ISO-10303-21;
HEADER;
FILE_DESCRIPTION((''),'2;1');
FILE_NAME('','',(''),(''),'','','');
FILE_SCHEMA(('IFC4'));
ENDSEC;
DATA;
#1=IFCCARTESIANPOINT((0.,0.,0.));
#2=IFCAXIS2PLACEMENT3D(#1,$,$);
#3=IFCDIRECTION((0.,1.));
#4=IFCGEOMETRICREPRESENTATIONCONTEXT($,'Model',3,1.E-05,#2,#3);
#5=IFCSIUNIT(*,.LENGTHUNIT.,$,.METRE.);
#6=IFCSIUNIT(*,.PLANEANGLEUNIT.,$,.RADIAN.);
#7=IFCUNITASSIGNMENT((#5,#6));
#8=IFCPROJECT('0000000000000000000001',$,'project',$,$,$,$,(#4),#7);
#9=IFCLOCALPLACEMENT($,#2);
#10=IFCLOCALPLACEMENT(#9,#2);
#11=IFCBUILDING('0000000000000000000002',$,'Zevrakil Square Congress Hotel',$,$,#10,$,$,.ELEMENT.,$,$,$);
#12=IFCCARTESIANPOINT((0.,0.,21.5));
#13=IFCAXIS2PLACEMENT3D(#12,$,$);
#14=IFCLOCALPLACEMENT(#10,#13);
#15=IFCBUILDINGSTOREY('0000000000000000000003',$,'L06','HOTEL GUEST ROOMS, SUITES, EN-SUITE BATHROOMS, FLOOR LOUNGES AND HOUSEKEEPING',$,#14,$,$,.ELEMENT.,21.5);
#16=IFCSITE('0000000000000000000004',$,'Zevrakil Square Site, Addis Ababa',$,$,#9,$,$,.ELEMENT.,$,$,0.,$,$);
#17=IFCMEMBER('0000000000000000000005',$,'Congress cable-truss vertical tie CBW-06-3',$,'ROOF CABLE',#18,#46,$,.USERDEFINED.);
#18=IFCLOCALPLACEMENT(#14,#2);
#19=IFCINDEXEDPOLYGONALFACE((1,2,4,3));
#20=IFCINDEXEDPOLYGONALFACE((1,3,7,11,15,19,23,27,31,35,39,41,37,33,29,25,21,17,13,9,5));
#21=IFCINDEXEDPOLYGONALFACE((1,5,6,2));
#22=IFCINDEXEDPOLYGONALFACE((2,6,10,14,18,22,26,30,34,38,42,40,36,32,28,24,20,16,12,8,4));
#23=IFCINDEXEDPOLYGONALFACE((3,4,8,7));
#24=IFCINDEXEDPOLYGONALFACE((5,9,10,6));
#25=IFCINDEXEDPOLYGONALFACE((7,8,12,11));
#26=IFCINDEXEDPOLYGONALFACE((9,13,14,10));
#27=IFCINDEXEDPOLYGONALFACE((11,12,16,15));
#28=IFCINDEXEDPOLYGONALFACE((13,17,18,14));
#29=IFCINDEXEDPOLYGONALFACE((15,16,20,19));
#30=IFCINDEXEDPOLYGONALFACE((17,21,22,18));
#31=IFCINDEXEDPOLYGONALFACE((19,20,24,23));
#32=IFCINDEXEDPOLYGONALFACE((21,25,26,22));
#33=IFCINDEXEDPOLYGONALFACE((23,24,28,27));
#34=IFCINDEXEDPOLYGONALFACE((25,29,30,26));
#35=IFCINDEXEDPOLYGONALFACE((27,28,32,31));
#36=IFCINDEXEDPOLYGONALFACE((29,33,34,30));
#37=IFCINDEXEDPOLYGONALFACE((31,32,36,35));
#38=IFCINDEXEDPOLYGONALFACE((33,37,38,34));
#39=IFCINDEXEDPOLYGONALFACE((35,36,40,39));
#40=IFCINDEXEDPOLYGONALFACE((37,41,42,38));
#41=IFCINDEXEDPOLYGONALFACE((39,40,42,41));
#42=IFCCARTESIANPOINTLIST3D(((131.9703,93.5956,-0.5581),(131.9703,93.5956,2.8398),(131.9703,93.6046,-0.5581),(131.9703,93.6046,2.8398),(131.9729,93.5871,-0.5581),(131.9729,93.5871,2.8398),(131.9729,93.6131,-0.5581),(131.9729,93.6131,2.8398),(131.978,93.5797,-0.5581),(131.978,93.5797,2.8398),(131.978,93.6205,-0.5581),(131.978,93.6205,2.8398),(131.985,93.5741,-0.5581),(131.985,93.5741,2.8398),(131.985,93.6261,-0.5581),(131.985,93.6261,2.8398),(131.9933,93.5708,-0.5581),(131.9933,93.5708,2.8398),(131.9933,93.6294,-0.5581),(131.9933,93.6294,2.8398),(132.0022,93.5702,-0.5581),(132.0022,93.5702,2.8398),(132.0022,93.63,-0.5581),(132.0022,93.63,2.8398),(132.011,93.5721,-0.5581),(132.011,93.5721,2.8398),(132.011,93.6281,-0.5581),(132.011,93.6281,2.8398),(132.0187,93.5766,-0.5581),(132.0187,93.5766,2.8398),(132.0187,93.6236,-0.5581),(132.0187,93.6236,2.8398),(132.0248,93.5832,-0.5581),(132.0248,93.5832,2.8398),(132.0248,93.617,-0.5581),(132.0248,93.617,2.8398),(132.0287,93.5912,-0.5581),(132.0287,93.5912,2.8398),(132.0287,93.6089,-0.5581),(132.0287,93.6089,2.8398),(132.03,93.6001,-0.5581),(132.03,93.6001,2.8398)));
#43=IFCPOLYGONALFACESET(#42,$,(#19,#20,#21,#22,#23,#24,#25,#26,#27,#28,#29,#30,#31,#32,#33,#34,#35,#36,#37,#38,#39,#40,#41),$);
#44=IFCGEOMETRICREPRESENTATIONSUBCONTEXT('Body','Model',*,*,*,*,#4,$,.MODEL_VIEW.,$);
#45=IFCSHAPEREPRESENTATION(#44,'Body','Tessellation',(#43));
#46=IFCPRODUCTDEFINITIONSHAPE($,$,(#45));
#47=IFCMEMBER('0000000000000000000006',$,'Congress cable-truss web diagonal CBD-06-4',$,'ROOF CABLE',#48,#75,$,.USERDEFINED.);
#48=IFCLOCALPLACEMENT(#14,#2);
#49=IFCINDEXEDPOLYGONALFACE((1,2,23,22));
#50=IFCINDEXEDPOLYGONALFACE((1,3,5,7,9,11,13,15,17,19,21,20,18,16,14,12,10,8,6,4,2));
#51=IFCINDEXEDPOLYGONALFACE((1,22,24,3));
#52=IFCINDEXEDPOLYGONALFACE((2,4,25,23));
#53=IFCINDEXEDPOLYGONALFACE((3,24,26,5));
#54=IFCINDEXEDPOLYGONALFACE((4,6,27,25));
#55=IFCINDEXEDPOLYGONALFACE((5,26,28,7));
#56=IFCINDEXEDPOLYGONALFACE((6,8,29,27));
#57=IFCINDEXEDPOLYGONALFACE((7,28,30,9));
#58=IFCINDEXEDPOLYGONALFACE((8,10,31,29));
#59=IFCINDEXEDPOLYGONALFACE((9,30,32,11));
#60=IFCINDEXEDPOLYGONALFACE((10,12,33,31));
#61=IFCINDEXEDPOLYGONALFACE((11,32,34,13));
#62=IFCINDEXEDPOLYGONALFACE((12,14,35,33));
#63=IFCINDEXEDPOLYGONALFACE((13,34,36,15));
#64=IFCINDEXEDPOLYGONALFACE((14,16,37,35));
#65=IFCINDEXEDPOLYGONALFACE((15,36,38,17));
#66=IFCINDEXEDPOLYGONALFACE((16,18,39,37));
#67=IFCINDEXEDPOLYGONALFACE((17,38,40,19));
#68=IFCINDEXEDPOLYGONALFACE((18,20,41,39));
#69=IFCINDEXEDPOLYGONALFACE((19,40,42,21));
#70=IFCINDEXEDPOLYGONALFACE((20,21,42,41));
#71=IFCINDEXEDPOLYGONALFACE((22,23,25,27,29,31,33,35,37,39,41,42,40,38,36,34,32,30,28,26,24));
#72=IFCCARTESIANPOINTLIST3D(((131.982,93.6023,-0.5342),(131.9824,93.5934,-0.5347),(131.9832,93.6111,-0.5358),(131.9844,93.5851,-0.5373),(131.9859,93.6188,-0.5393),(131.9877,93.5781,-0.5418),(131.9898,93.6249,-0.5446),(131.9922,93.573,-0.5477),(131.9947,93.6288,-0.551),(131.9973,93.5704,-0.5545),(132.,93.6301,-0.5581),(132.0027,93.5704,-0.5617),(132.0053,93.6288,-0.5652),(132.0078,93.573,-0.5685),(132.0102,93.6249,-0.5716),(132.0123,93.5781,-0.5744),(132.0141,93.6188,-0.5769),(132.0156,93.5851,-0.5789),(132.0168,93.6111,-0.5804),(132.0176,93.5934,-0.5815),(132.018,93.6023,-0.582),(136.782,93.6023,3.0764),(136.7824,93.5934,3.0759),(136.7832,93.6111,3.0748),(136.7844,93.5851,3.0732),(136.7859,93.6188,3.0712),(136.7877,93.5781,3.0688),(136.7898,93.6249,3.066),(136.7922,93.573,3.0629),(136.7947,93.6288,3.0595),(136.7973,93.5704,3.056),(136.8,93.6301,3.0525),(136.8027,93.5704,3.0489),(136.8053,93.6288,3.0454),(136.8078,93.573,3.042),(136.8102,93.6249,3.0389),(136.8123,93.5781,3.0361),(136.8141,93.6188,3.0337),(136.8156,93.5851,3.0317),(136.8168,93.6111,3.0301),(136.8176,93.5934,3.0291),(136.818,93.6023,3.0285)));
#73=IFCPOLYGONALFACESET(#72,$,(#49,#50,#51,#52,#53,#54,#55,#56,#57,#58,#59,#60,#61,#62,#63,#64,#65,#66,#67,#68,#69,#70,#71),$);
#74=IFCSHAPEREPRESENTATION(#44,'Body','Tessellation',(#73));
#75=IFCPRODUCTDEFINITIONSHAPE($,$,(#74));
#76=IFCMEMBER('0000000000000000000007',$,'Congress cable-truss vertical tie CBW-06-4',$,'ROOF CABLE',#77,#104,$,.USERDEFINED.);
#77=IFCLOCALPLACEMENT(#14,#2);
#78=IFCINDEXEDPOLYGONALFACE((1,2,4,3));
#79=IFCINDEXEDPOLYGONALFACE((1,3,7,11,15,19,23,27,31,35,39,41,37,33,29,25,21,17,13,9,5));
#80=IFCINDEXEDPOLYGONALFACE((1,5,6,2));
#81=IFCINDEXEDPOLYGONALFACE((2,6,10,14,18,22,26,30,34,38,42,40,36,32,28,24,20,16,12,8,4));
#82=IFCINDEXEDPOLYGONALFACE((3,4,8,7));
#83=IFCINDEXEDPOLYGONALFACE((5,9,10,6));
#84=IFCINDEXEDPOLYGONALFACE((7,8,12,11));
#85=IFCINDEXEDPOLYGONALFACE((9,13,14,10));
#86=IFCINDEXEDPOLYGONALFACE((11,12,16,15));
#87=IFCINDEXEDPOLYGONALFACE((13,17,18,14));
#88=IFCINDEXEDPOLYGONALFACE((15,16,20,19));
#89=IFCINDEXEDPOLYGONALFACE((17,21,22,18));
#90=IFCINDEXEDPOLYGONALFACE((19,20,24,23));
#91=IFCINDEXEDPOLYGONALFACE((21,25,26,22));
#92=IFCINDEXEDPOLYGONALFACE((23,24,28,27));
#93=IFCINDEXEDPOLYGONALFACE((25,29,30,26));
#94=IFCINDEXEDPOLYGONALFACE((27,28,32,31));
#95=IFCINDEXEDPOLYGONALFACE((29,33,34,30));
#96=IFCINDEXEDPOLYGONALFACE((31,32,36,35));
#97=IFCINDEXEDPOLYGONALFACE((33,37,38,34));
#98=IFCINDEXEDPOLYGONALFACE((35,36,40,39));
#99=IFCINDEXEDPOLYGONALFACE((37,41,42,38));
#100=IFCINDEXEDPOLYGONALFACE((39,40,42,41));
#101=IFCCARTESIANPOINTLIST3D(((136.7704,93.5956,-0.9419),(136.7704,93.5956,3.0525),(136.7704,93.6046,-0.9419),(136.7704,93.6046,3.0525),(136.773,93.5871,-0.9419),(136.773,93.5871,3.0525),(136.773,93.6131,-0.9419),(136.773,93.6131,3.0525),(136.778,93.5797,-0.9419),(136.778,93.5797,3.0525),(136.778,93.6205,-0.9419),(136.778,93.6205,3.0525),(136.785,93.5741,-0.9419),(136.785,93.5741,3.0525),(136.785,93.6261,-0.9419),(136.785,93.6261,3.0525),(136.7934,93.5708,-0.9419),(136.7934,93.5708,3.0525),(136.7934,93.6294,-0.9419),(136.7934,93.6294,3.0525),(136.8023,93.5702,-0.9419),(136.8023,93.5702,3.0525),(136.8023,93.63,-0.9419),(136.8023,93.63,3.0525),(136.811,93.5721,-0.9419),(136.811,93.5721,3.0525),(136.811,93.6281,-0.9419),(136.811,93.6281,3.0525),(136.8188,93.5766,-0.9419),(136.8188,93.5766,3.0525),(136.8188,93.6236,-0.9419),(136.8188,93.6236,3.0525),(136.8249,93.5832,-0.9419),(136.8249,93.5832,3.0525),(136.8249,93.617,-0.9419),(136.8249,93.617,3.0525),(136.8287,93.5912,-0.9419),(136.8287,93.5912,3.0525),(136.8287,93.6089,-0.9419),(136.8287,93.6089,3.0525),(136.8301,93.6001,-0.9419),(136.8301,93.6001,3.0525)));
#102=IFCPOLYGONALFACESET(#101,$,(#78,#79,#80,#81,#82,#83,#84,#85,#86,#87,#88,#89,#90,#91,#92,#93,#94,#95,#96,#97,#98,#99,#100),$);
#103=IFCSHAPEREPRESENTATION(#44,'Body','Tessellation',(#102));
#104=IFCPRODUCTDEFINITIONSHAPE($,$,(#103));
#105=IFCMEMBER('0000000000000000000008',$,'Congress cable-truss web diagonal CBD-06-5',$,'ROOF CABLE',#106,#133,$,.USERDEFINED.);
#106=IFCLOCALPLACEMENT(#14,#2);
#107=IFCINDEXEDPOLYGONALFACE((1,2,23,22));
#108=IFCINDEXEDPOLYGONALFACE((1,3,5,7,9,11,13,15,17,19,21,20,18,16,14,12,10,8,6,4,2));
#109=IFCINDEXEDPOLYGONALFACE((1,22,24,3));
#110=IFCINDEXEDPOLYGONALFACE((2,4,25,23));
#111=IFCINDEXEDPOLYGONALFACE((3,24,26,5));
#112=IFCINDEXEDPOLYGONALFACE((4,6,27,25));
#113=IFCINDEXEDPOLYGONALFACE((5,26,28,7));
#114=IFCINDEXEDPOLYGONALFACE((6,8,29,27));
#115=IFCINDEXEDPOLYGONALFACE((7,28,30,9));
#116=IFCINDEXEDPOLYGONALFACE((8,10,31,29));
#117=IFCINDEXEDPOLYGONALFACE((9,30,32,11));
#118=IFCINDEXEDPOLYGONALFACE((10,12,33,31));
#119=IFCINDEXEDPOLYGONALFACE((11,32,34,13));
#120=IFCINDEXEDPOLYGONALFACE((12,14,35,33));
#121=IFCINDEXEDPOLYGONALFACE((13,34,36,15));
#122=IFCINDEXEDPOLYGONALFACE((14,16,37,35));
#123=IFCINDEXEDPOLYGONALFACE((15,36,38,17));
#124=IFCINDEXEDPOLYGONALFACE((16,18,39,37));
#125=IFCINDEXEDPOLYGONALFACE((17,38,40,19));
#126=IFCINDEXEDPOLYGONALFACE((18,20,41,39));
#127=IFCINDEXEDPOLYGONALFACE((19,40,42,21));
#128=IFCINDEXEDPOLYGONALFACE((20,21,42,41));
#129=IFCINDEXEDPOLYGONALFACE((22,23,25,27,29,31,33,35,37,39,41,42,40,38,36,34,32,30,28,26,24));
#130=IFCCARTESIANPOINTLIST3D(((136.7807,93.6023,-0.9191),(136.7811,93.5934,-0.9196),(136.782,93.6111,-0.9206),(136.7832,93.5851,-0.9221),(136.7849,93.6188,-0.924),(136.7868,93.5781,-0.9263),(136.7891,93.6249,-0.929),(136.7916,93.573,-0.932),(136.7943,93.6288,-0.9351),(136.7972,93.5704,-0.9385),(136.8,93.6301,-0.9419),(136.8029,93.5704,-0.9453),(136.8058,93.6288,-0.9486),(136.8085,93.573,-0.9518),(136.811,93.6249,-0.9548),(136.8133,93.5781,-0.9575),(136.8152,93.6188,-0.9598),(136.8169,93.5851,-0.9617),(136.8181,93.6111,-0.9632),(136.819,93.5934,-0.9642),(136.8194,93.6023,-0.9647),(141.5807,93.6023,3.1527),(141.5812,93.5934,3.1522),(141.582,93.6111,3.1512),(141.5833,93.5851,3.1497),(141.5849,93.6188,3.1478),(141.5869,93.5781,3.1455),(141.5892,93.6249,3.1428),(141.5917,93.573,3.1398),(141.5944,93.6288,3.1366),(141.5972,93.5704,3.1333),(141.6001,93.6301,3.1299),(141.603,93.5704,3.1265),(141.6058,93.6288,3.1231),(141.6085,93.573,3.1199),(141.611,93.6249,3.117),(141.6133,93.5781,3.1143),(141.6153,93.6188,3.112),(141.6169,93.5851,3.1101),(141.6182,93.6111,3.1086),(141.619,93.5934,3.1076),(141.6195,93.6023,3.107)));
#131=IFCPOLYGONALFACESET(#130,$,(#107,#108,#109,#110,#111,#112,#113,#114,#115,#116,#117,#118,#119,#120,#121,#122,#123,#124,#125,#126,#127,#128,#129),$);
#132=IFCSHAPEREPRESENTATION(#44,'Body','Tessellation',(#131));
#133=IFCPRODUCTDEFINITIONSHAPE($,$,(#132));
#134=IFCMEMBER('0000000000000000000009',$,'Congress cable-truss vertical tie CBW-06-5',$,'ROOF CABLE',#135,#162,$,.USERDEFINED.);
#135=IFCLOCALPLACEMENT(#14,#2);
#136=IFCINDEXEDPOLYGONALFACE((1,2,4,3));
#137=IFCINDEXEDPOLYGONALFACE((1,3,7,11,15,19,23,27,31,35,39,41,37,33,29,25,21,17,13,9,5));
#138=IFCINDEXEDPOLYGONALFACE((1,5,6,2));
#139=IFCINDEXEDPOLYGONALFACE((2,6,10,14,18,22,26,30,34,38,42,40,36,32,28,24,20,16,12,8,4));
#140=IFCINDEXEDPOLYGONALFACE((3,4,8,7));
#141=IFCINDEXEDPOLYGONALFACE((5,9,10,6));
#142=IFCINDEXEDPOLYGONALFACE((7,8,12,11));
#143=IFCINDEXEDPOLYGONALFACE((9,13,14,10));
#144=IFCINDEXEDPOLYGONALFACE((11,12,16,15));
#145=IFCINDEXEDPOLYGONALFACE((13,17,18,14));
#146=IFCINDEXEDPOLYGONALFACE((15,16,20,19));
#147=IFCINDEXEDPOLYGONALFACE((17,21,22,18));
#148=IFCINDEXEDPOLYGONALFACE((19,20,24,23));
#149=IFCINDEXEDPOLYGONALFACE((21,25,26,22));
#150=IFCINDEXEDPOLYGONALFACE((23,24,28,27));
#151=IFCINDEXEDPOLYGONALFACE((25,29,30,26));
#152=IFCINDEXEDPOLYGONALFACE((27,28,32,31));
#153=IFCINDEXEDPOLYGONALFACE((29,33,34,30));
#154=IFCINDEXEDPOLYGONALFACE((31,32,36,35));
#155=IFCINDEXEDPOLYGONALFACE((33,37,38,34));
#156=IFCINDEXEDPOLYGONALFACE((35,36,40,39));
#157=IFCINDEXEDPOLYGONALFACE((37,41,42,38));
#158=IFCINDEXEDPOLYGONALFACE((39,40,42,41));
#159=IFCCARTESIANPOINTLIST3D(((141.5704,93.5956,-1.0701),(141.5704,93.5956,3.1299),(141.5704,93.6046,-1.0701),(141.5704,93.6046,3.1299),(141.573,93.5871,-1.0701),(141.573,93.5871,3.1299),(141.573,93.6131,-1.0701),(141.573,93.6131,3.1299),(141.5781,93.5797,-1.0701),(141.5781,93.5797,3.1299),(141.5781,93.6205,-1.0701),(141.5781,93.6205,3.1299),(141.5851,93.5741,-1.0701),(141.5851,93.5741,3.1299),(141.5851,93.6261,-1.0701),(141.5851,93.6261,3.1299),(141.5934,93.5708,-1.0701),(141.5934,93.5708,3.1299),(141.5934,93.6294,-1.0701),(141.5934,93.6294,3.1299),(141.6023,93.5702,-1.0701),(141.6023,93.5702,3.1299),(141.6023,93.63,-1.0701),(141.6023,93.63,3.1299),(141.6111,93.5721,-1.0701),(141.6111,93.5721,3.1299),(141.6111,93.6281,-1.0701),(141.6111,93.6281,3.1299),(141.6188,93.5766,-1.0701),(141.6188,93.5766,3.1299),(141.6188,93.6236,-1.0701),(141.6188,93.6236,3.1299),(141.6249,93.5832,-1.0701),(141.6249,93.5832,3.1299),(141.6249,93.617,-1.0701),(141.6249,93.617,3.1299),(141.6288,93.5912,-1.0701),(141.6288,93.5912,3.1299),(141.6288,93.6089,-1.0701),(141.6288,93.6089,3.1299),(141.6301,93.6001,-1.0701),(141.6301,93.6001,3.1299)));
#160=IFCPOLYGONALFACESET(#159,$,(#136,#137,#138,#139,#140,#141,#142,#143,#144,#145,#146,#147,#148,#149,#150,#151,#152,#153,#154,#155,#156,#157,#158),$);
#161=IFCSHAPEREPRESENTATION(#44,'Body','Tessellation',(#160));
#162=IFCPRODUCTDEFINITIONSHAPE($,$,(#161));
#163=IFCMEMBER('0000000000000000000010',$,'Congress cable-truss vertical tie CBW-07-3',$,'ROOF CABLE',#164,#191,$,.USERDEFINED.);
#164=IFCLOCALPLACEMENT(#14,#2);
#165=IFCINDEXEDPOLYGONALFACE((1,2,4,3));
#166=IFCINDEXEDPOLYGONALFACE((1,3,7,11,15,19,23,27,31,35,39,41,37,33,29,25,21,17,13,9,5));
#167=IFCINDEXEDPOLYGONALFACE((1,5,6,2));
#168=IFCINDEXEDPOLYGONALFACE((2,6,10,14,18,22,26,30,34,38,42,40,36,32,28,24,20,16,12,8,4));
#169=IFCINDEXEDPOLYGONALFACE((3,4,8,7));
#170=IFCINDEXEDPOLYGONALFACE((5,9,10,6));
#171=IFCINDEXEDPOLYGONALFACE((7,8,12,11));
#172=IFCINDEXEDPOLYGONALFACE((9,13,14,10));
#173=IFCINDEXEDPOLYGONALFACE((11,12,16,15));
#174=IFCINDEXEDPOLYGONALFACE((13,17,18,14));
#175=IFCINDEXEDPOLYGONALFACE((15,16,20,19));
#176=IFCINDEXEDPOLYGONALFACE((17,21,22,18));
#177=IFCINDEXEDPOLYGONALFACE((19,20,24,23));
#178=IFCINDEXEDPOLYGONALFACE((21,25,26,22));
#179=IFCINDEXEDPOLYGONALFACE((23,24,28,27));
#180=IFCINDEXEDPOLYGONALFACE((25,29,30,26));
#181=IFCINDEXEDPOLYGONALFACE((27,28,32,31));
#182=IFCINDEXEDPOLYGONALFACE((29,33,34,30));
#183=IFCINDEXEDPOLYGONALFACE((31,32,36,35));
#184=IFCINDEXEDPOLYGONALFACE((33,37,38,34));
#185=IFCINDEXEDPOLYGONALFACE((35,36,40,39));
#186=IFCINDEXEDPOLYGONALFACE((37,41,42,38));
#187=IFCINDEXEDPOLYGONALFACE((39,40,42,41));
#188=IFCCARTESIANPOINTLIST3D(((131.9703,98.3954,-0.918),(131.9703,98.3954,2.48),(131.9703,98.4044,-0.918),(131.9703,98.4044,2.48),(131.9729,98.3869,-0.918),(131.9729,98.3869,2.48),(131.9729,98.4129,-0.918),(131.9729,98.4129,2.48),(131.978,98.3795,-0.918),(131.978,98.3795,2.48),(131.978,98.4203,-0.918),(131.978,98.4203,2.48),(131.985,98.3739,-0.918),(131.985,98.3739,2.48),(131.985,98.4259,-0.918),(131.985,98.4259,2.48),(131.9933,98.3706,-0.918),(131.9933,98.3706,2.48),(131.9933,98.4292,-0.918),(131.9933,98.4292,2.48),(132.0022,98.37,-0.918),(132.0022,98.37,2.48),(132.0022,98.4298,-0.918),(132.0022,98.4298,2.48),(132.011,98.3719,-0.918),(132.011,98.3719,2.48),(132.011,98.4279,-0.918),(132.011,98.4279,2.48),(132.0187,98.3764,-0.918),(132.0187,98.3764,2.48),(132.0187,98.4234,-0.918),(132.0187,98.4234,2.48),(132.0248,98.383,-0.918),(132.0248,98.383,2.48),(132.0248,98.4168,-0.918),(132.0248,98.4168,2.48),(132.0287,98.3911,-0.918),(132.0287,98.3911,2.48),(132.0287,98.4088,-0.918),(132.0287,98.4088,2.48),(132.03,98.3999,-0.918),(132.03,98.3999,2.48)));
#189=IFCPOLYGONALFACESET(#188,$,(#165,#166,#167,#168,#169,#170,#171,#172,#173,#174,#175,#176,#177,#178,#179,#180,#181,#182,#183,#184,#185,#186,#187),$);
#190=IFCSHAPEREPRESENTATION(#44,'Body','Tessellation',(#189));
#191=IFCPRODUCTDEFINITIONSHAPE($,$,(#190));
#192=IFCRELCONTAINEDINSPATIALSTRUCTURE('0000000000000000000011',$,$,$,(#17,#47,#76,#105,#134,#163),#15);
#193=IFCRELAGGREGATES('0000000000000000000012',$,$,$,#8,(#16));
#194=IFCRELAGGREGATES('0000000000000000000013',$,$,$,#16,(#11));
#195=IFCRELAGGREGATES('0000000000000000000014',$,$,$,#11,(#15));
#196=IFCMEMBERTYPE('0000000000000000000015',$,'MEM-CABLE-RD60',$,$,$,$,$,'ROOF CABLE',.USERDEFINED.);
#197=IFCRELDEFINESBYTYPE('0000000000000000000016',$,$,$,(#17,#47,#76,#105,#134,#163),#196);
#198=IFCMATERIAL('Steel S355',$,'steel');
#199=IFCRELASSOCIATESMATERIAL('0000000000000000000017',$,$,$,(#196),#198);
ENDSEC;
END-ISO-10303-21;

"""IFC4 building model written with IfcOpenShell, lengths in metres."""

from ifc_helpers import new_model, si_unit, direction, frame, origin, origin_2d, place, context, subcontext, project, spatial, circle, extrude, material, material_profile, profile_set, type_object, element, save


model = new_model("IFC4")

# Units and contexts
model_context = context("Model", 3, precision=1e-05, world=origin(), true_north=direction((0.0, 1.0)))
body_context = subcontext(model_context, "Body", "Model", "MODEL_VIEW")
ifc_project = project(units=[si_unit("LENGTHUNIT", "METRE"), si_unit("PLANEANGLEUNIT", "RADIAN")], contexts=[model_context])

# Site, building, storey
site_placement = place(None, origin())
site = spatial("IfcSite", under=ifc_project, at=site_placement, Name="Zevrakil Square Site, Addis Ababa", CompositionType="ELEMENT", RefElevation=0.0)
building_placement = place(site_placement, origin())
building = spatial("IfcBuilding", under=site, at=building_placement, Name="Zevrakil Square Congress Hotel", CompositionType="ELEMENT")
storey_placement = place(building_placement, frame((0.0, 0.0, 21.5)))
storey = spatial("IfcBuildingStorey", under=building, at=storey_placement, Name="L06", Description="HOTEL GUEST ROOMS, SUITES, EN-SUITE BATHROOMS, FLOOR LOUNGES AND HOUSEKEEPING", CompositionType="ELEMENT", Elevation=21.5)

# Members
ifc_material_1 = material(Name="Steel S355", Category="steel")
ifc_material_profile_1 = material_profile(ifc_material_1, circle(Radius=0.03, at=origin_2d()), Name="CABLE RD60")
ifc_profile_set_1 = profile_set([ifc_material_profile_1], Name="Steel S355")
member_type_1 = type_object("IfcMemberType", Name="MEM-CABLE-RD60", ElementType="ROOF CABLE", PredefinedType="USERDEFINED", material=ifc_profile_set_1)
member_1_placement = place(storey_placement, frame((132.0, 93.6001, -0.5581), z_axis=(0.0, 0.0, 1.0), x_axis=(1.0, 0.0, 0.0)))
element("IfcMember", 1, at=member_1_placement, inside=storey, type_object=member_type_1, Name="Congress cable-truss vertical tie CBW-06-3", ObjectType="ROOF CABLE", PredefinedType="USERDEFINED", context=body_context, shape_type="SweptSolid", body=[
    extrude(circle(Radius=0.03, at=origin_2d()), origin(), (0.0, 0.0, 1.0), 3.3979),
])
member_2_placement = place(storey_placement, frame((132.0, 93.6001, -0.5581), z_axis=(0.799155, 0.0, 0.601125), x_axis=(0.0, 1.0, 0.0)))
element("IfcMember", 2, at=member_2_placement, inside=storey, type_object=member_type_1, Name="Congress cable-truss web diagonal CBD-06-4", ObjectType="ROOF CABLE", PredefinedType="USERDEFINED", context=body_context, shape_type="SweptSolid", body=[
    extrude(circle(Radius=0.03, at=origin_2d()), origin(), (0.0, 0.0, 1.0), 6.0063),
])
member_3_placement = place(storey_placement, frame((136.8, 93.6001, -0.9419), z_axis=(0.0, 0.0, 1.0), x_axis=(1.0, 0.0, 0.0)))
element("IfcMember", 3, at=member_3_placement, inside=storey, type_object=member_type_1, Name="Congress cable-truss vertical tie CBW-06-4", ObjectType="ROOF CABLE", PredefinedType="USERDEFINED", context=body_context, shape_type="SweptSolid", body=[
    extrude(circle(Radius=0.03, at=origin_2d()), origin(), (0.0, 0.0, 1.0), 3.9944),
])
member_4_placement = place(storey_placement, frame((136.8, 93.6001, -0.9419), z_axis=(0.762587, 0.0, 0.646886), x_axis=(0.0, 1.0, 0.0)))
element("IfcMember", 4, at=member_4_placement, inside=storey, type_object=member_type_1, Name="Congress cable-truss web diagonal CBD-06-5", ObjectType="ROOF CABLE", PredefinedType="USERDEFINED", context=body_context, shape_type="SweptSolid", body=[
    extrude(circle(Radius=0.03, at=origin_2d()), origin(), (0.0, 0.0, 1.0), 6.2944),
])
member_5_placement = place(storey_placement, frame((141.6001, 93.6001, -1.0701), z_axis=(0.0, 0.0, 1.0), x_axis=(1.0, 0.0, 0.0)))
element("IfcMember", 5, at=member_5_placement, inside=storey, type_object=member_type_1, Name="Congress cable-truss vertical tie CBW-06-5", ObjectType="ROOF CABLE", PredefinedType="USERDEFINED", context=body_context, shape_type="SweptSolid", body=[
    extrude(circle(Radius=0.03, at=origin_2d()), origin(), (0.0, 0.0, 1.0), 4.2),
])
member_6_placement = place(storey_placement, frame((132.0, 98.3999, -0.918), z_axis=(0.0, 0.0, 1.0), x_axis=(1.0, 0.0, 0.0)))
element("IfcMember", 6, at=member_6_placement, inside=storey, type_object=member_type_1, Name="Congress cable-truss vertical tie CBW-07-3", ObjectType="ROOF CABLE", PredefinedType="USERDEFINED", context=body_context, shape_type="SweptSolid", body=[
    extrude(circle(Radius=0.03, at=origin_2d()), origin(), (0.0, 0.0, 1.0), 3.3979),
])

save(model, "model.ifc")
